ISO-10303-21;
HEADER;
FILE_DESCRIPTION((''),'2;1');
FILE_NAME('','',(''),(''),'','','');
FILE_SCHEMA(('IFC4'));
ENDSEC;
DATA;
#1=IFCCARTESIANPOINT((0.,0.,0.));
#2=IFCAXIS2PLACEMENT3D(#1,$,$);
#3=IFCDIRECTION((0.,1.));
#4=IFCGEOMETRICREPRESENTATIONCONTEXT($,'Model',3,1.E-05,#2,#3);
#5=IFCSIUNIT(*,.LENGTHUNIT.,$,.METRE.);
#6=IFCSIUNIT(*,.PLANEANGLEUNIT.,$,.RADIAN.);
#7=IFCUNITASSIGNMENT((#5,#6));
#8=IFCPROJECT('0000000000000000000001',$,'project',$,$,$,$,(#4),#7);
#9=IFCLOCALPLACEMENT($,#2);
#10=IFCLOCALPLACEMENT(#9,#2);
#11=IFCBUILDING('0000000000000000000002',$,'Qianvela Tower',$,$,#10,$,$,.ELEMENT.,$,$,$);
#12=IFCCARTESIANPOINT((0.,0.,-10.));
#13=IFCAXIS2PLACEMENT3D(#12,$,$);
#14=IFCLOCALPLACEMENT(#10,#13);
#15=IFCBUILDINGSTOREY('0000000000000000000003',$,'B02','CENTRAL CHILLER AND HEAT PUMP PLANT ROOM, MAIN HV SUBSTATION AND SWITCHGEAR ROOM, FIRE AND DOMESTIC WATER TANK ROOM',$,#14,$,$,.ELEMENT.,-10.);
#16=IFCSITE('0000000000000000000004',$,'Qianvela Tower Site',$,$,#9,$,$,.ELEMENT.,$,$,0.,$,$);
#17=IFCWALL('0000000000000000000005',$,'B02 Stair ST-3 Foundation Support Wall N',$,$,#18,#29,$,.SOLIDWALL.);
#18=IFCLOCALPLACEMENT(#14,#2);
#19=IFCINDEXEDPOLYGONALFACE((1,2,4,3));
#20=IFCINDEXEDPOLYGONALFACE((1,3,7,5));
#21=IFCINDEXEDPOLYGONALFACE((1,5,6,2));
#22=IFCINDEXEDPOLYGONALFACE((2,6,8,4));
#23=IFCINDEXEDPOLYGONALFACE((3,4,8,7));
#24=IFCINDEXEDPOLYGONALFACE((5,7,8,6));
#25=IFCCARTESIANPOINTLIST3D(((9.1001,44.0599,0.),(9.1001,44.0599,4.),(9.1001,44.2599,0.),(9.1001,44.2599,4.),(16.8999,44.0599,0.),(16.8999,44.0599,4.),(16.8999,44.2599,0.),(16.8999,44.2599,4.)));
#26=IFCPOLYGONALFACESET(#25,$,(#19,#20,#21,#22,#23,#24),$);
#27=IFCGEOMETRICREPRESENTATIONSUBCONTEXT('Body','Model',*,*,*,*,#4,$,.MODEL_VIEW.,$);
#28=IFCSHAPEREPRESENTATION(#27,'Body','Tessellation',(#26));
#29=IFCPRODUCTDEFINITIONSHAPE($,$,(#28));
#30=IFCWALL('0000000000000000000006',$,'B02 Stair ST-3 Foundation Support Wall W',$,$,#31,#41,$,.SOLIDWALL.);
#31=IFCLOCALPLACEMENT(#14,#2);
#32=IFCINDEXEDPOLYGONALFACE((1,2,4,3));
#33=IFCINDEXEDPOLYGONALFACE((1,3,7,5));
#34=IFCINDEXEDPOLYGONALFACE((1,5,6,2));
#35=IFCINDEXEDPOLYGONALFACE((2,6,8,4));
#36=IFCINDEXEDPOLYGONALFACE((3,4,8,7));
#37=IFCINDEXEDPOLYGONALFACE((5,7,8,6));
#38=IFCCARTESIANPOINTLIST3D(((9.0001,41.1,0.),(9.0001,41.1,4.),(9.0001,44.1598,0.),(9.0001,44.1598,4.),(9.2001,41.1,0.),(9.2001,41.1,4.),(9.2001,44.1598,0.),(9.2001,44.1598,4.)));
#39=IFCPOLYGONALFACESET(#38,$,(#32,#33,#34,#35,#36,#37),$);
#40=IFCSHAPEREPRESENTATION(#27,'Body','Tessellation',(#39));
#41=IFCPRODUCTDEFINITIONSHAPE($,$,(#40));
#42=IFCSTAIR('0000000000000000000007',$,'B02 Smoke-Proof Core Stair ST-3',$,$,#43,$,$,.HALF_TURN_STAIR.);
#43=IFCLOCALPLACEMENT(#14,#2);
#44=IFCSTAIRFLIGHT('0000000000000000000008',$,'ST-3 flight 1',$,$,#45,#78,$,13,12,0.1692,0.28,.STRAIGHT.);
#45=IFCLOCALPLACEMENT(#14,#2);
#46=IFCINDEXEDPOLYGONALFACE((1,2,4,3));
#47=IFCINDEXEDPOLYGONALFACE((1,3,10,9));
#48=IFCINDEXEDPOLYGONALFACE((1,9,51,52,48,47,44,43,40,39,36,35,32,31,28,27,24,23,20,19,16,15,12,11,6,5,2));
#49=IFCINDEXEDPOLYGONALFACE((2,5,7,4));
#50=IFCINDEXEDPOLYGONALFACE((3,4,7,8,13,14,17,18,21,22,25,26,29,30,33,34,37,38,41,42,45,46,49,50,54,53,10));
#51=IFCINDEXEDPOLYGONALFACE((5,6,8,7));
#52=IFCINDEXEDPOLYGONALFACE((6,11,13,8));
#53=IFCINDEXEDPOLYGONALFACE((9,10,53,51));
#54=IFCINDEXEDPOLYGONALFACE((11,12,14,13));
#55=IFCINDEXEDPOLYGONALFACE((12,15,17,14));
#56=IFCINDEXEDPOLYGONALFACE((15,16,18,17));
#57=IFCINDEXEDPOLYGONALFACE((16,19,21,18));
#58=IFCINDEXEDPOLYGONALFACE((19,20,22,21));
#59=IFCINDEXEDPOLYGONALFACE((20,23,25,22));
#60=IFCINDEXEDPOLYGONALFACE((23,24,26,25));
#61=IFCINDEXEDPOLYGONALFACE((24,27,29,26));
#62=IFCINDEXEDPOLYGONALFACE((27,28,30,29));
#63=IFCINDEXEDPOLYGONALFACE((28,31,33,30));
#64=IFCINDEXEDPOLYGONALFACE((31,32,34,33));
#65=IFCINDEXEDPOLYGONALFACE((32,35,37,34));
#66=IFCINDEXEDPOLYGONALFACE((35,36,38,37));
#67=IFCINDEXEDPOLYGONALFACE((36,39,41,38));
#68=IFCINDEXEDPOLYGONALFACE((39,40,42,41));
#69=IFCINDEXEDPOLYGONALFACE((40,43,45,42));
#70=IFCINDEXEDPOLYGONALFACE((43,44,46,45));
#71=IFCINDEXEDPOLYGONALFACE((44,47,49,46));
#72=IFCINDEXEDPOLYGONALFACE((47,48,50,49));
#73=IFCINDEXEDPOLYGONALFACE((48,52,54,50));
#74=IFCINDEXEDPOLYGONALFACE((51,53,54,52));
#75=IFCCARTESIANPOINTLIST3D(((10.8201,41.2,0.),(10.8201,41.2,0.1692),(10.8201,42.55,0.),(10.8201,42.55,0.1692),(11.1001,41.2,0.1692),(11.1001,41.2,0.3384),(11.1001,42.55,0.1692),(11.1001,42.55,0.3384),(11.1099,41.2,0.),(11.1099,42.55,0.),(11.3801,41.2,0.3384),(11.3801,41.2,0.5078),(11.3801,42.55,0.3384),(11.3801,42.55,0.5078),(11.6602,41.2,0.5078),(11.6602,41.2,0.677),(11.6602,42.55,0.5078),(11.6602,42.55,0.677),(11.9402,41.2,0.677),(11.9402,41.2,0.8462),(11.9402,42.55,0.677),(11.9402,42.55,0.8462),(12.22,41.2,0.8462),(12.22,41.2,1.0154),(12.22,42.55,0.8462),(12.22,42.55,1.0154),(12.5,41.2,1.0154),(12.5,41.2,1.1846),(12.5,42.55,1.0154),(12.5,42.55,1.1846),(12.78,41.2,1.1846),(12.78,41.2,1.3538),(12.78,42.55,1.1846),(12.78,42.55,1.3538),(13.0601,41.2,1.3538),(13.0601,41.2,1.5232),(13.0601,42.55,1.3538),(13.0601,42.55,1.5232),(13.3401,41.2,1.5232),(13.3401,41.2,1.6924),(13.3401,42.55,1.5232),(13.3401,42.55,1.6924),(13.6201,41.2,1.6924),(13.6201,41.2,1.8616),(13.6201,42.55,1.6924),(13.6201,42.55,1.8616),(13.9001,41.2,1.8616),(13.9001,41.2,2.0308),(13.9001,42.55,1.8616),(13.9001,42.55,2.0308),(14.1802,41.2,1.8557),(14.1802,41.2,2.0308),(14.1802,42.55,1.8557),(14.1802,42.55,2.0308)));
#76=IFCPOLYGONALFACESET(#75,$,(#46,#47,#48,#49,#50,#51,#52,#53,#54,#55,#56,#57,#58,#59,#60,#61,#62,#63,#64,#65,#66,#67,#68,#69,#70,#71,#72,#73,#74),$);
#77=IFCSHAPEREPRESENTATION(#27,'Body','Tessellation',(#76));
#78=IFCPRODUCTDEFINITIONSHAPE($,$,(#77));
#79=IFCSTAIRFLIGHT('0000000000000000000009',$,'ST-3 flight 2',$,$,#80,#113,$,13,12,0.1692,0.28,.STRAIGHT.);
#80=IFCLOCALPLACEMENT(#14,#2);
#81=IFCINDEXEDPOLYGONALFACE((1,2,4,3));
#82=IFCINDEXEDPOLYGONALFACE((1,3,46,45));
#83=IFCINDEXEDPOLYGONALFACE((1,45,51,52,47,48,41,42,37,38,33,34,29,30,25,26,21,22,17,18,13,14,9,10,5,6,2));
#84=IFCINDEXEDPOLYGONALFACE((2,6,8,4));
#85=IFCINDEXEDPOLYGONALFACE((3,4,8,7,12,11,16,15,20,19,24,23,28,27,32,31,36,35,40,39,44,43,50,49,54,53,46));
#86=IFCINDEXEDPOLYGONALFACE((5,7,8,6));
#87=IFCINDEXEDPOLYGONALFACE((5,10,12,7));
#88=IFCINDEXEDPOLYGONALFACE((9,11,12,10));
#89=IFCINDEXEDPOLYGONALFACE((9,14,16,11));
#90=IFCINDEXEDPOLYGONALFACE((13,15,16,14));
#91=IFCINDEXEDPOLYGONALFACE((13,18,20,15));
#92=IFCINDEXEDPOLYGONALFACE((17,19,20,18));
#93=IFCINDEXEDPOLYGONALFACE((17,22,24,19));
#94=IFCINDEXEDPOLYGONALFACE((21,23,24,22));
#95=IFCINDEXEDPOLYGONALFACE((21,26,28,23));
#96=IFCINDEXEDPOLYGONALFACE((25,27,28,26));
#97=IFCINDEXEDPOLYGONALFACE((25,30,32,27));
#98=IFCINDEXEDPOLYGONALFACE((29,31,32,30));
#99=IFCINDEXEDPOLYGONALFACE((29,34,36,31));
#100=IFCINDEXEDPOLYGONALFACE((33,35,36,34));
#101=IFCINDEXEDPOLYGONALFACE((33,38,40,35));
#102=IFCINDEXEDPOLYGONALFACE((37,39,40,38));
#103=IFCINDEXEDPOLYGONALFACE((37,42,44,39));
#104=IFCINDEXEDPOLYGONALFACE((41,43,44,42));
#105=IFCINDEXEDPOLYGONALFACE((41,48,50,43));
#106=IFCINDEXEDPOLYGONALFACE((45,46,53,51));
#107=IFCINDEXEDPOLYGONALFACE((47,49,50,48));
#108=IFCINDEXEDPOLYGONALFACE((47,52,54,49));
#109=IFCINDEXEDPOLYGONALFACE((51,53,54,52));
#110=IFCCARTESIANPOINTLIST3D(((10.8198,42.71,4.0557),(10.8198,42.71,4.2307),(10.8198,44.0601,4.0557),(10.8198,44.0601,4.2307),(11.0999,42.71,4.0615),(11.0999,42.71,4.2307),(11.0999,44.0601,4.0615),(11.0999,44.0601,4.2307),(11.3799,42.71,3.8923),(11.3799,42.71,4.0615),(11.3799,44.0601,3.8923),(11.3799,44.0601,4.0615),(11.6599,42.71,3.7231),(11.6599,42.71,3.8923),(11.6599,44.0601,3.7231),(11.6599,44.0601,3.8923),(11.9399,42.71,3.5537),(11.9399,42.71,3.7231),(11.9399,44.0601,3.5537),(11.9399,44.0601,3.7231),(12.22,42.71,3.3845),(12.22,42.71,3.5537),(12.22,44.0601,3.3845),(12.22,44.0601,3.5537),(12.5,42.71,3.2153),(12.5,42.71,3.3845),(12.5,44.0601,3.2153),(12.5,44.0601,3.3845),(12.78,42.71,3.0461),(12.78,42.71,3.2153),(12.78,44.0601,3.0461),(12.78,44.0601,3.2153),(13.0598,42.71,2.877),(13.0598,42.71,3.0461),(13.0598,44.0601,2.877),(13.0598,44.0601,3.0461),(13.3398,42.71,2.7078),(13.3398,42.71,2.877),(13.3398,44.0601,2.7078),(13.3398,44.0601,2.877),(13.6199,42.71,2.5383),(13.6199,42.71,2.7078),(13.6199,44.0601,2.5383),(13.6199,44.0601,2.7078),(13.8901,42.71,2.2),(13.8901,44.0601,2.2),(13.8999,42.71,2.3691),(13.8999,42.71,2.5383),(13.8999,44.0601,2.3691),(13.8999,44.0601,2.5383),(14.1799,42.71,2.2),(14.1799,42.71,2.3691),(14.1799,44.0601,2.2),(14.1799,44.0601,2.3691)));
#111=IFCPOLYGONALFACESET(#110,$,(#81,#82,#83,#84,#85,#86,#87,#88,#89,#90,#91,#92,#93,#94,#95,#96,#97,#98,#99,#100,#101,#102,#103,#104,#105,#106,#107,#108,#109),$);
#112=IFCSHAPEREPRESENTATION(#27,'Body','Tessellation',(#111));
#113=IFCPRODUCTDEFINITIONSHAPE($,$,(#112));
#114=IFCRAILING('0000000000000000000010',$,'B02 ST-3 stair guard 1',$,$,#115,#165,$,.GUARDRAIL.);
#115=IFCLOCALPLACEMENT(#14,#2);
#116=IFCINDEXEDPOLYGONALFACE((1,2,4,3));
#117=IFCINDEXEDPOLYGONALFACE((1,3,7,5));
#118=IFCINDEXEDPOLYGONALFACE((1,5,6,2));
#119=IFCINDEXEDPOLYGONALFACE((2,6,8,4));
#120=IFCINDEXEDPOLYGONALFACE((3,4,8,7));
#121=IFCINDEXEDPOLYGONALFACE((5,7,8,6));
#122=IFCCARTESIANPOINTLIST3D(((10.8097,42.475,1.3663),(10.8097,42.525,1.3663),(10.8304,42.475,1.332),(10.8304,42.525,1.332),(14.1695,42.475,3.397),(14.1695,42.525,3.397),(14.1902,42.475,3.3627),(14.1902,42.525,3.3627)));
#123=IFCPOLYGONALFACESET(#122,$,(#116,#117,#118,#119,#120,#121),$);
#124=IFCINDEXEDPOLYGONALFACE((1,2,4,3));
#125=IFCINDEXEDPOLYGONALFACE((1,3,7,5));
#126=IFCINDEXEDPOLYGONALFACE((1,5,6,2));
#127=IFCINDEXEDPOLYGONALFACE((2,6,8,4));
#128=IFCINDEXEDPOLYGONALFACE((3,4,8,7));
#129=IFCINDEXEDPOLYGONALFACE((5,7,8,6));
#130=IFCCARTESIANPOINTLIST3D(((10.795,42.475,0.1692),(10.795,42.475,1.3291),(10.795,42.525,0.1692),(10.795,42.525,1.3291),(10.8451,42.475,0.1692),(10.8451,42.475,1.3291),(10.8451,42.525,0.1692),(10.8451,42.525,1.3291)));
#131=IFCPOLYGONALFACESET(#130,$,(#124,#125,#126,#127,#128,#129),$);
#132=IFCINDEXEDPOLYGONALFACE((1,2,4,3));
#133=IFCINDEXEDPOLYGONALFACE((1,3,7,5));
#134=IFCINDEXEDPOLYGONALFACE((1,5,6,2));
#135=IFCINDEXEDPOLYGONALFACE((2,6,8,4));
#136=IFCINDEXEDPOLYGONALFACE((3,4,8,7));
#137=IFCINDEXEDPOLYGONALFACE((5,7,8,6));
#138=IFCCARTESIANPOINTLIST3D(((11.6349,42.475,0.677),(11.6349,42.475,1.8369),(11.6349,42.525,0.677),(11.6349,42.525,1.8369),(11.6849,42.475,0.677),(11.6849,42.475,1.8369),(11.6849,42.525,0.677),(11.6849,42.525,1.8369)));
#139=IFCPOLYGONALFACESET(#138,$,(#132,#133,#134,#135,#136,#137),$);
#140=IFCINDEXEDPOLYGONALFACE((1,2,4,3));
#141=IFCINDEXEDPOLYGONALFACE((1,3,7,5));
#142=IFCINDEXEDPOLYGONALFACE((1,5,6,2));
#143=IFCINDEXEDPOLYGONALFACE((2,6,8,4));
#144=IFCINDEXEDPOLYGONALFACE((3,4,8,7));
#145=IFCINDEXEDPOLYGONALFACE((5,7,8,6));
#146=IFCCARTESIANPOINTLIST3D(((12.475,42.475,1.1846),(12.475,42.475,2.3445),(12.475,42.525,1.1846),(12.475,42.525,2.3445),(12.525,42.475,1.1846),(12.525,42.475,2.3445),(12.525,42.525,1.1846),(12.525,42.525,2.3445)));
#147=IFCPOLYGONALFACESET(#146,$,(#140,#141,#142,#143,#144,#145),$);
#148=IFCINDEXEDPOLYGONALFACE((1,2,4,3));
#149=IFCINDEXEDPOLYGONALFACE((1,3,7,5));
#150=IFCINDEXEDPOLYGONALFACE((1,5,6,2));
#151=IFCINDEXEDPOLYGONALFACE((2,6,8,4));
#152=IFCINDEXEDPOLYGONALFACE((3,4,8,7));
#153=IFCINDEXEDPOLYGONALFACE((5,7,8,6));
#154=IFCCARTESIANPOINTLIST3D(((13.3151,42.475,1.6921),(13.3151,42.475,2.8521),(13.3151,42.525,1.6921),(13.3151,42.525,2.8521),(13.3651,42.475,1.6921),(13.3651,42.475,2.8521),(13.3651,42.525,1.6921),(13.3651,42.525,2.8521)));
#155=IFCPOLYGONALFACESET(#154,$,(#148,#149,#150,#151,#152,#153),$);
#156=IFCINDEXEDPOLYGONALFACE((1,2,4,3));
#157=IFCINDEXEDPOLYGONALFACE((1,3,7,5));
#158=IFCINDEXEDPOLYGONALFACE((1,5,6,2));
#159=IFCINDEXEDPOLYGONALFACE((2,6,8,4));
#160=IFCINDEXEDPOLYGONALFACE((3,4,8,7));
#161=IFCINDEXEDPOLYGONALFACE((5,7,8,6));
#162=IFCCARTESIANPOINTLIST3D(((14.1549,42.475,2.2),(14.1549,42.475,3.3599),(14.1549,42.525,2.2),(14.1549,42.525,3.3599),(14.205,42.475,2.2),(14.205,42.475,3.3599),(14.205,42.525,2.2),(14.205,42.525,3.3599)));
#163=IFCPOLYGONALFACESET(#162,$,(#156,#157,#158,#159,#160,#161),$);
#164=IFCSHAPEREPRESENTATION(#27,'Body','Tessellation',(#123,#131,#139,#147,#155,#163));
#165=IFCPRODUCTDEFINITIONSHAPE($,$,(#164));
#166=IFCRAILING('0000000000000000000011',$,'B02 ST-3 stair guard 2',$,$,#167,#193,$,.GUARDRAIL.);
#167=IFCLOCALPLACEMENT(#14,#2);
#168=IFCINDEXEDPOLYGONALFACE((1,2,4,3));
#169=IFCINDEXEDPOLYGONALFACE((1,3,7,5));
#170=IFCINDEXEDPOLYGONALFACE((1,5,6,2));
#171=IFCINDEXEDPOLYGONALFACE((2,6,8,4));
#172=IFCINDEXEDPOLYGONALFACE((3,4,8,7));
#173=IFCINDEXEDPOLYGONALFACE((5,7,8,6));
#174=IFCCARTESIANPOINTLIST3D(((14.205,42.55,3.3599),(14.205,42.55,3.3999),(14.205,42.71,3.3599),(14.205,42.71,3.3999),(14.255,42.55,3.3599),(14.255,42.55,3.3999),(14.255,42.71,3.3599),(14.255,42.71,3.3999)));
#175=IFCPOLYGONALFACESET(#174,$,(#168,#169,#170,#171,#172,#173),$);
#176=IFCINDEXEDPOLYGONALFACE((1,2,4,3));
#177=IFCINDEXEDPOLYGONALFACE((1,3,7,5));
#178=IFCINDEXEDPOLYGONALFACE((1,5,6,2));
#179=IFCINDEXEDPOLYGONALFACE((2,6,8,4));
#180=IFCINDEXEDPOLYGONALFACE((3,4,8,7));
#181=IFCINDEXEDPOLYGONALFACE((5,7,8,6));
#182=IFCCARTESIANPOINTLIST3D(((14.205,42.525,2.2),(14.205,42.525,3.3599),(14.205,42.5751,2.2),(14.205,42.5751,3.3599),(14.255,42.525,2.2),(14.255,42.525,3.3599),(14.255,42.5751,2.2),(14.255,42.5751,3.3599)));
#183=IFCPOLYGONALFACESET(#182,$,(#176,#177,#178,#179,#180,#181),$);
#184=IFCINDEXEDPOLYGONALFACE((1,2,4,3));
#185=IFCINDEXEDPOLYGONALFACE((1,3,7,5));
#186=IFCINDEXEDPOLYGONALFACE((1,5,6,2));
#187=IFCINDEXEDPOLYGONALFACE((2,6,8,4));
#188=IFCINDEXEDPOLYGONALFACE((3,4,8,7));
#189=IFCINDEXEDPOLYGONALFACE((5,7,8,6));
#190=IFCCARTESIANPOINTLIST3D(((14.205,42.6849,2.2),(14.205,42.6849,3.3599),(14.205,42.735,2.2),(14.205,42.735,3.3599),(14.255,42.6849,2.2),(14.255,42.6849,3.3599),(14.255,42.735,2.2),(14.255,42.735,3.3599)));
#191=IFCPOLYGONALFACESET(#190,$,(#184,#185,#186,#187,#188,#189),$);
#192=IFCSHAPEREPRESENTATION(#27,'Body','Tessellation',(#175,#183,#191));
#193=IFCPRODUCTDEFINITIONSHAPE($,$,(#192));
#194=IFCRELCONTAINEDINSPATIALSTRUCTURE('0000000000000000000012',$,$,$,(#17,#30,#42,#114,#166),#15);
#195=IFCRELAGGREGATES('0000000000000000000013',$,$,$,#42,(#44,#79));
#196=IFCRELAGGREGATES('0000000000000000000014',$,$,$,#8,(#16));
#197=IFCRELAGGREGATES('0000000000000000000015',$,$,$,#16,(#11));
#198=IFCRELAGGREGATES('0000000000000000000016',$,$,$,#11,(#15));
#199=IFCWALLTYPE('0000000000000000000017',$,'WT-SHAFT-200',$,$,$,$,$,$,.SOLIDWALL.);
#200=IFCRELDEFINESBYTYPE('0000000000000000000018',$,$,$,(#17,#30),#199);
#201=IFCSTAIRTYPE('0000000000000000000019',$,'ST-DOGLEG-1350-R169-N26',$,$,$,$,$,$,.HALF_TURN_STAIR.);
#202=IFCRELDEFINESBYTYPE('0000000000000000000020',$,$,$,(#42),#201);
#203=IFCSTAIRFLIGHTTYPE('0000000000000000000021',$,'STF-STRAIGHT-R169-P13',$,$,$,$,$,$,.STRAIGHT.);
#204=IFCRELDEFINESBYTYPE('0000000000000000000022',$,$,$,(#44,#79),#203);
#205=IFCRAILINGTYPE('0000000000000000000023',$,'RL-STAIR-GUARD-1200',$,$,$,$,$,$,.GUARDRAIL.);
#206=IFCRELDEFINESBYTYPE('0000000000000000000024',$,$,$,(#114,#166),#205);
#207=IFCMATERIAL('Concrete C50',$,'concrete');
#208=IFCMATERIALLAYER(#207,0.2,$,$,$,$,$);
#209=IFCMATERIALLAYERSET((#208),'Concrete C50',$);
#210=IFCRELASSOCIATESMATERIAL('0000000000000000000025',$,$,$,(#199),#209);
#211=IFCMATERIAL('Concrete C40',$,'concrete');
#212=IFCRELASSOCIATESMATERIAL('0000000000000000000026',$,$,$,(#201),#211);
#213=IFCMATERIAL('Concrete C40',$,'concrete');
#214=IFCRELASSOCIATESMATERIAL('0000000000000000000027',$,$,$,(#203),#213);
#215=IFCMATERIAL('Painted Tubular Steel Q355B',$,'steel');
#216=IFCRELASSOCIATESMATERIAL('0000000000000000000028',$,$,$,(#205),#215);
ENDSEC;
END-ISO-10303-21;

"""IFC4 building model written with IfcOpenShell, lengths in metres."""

from ifc_helpers import new_model, si_unit, direction, frame, frame_2d, origin, origin_2d, place, context, subcontext, project, spatial, polyline, rectangle, outline, extrude, material, layer, layer_set, type_object, element, aggregate, save


model = new_model("IFC4")

# Units and contexts
model_context = context("Model", 3, precision=1e-05, world=origin(), true_north=direction((0.0, 1.0)))
body_context = subcontext(model_context, "Body", "Model", "MODEL_VIEW")
ifc_project = project(units=[si_unit("LENGTHUNIT", "METRE"), si_unit("PLANEANGLEUNIT", "RADIAN")], contexts=[model_context])

# Site, building, storey
site_placement = place(None, origin())
site = spatial("IfcSite", under=ifc_project, at=site_placement, Name="Qianvela Tower Site", CompositionType="ELEMENT", RefElevation=0.0)
building_placement = place(site_placement, origin())
building = spatial("IfcBuilding", under=site, at=building_placement, Name="Qianvela Tower", CompositionType="ELEMENT")
storey_placement = place(building_placement, frame((0.0, 0.0, -10.0)))
storey = spatial("IfcBuildingStorey", under=building, at=storey_placement, Name="B02", Description="CENTRAL CHILLER AND HEAT PUMP PLANT ROOM, MAIN HV SUBSTATION AND SWITCHGEAR ROOM, FIRE AND DOMESTIC WATER TANK ROOM", CompositionType="ELEMENT", Elevation=-10.0)

# Shared definitions
ifc_material_1 = material(Name="Concrete C50", Category="concrete")
ifc_layer_1 = layer(ifc_material_1, 0.2)
ifc_layer_set_1 = layer_set([ifc_layer_1], Name="Concrete C50")
wall_type_1 = type_object("IfcWallType", Name="WT-SHAFT-200", PredefinedType="SOLIDWALL", material=ifc_layer_set_1)

# Walls
wall_1_placement = place(storey_placement, frame((9.1001, 44.1599, 0.0), z_axis=(0.0, 0.0, 1.0), x_axis=(1.0, 0.0, 0.0)))
element("IfcWall", 1, at=wall_1_placement, inside=storey, type_object=wall_type_1, Name="B02 Stair ST-3 Foundation Support Wall N", PredefinedType="SOLIDWALL", context=body_context, shape_type="SweptSolid", body=[
    extrude(rectangle(XDim=7.7998, YDim=0.2, at=frame_2d((3.8999, 0.0))), origin(), (0.0, 0.0, 1.0), 4.0),
])
wall_2_placement = place(storey_placement, frame((9.1001, 41.1001, 0.0), z_axis=(0.0, 0.0, 1.0), x_axis=(0.0, 1.0, 0.0)))
element("IfcWall", 2, at=wall_2_placement, inside=storey, type_object=wall_type_1, Name="B02 Stair ST-3 Foundation Support Wall W", PredefinedType="SOLIDWALL", context=body_context, shape_type="SweptSolid", body=[
    extrude(rectangle(XDim=3.0598, YDim=0.2, at=frame_2d((1.5298, 0.0))), origin(), (0.0, 0.0, 1.0), 4.0),
])

# Stair, stair flights
ifc_material_2 = material(Name="Concrete C40", Category="concrete")
stair_type = type_object("IfcStairType", Name="ST-DOGLEG-1350-R169-N26", PredefinedType="HALF_TURN_STAIR", material=ifc_material_2)
stair_placement = place(storey_placement, origin())
stair = element("IfcStair", 3, at=stair_placement, inside=storey, type_object=stair_type, Name="B02 Smoke-Proof Core Stair ST-3", PredefinedType="HALF_TURN_STAIR")
ifc_material_3 = material(Name="Concrete C40", Category="concrete")
stair_flight_type = type_object("IfcStairFlightType", Name="STF-STRAIGHT-R169-P13", PredefinedType="STRAIGHT", material=ifc_material_3)
stair_flight_1_placement = place(storey_placement, frame((10.8201, 41.875, 0.0), z_axis=(0.0, 0.0, 1.0), x_axis=(1.0, 0.0, 0.0)))
stair_flight_1 = element("IfcStairFlight", 4, at=stair_flight_1_placement, type_object=stair_flight_type, Name="ST-3 flight 1", NumberOfRisers=13, NumberOfTreads=12, PredefinedType="STRAIGHT", RiserHeight=0.1692, TreadLength=0.28, context=body_context, shape_type="SweptSolid", body=[
    extrude(outline(polyline([(0.0, 0.0), (0.0, 0.1692), (0.28, 0.1692), (0.28, 0.3384), (0.5601, 0.3384), (0.5601, 0.5078), (0.8401, 0.5078), (0.8401, 0.677), (1.1201, 0.677), (1.1201, 0.8462), (1.3999, 0.8462), (1.3999, 1.0154), (1.6799, 1.0154), (1.6799, 1.1846), (1.96, 1.1846), (1.96, 1.3538), (2.24, 1.3538), (2.24, 1.5232), (2.52, 1.5232), (2.52, 1.6924), (2.8, 1.6924), (2.8, 1.8616), (3.0801, 1.8616), (3.0801, 2.0308), (3.3601, 2.0308), (3.3601, 2.2), (3.3601, 1.8557), (0.2898, 0.0), (0.0, 0.0)])), frame((0.0, 0.675, 0.0), z_axis=(0.0, -1.0, 0.0), x_axis=(1.0, 0.0, 0.0)), (0.0, 0.0, 1.0), 1.3501),
])
stair_flight_2_placement = place(storey_placement, frame((14.1799, 43.385, 2.2), z_axis=(0.0, 0.0, 1.0), x_axis=(-1.0, 0.0, 0.0)))
stair_flight_2 = element("IfcStairFlight", 5, at=stair_flight_2_placement, type_object=stair_flight_type, Name="ST-3 flight 2", NumberOfRisers=13, NumberOfTreads=12, PredefinedType="STRAIGHT", RiserHeight=0.1692, TreadLength=0.28, context=body_context, shape_type="SweptSolid", body=[
    extrude(outline(polyline([(0.0, 0.0), (0.0, 0.1692), (0.28, 0.1692), (0.28, 0.3384), (0.5601, 0.3384), (0.5601, 0.5078), (0.8401, 0.5078), (0.8401, 0.677), (1.1201, 0.677), (1.1201, 0.8462), (1.3999, 0.8462), (1.3999, 1.0154), (1.6799, 1.0154), (1.6799, 1.1846), (1.96, 1.1846), (1.96, 1.3538), (2.24, 1.3538), (2.24, 1.5232), (2.52, 1.5232), (2.52, 1.6924), (2.8, 1.6924), (2.8, 1.8616), (3.0801, 1.8616), (3.0801, 2.0308), (3.3601, 2.0308), (3.3601, 2.2), (3.3601, 1.8557), (0.2898, 0.0), (0.0, 0.0)])), frame((0.0, 0.675, 0.0), z_axis=(0.0, -1.0, 0.0), x_axis=(1.0, 0.0, 0.0)), (0.0, 0.0, 1.0), 1.3501),
])
aggregate(stair, [stair_flight_1, stair_flight_2])

# Railings
ifc_material_4 = material(Name="Painted Tubular Steel Q355B", Category="steel")
railing_type_1 = type_object("IfcRailingType", Name="RL-STAIR-GUARD-1200", PredefinedType="GUARDRAIL", material=ifc_material_4)
railing_1_placement = place(storey_placement, frame((10.8201, 42.5, 0.1692)))
element("IfcRailing", 6, at=railing_1_placement, inside=storey, type_object=railing_type_1, Name="B02 ST-3 stair guard 1", PredefinedType="GUARDRAIL", context=body_context, shape_type="SweptSolid", body=[
    extrude(rectangle(XDim=0.05, YDim=0.04, at=origin_2d()), frame((0.0, 0.0, 1.1799), z_axis=(0.85582, 0.0, 0.517273), x_axis=(0.0, 1.0, 0.0)), (0.0, 0.0, 1.0), 3.9258),
    extrude(rectangle(XDim=0.05, YDim=0.05, at=origin_2d()), origin(), (0.0, 0.0, 1.0), 1.1599),
    extrude(rectangle(XDim=0.05, YDim=0.05, at=origin_2d()), frame((0.8398, 0.0, 0.5078)), (0.0, 0.0, 1.0), 1.1599),
    extrude(rectangle(XDim=0.05, YDim=0.05, at=origin_2d()), frame((1.6799, 0.0, 1.0154)), (0.0, 0.0, 1.0), 1.1599),
    extrude(rectangle(XDim=0.05, YDim=0.05, at=origin_2d()), frame((2.52, 0.0, 1.5229)), (0.0, 0.0, 1.0), 1.1599),
    extrude(rectangle(XDim=0.05, YDim=0.05, at=origin_2d()), frame((3.3599, 0.0, 2.0308)), (0.0, 0.0, 1.0), 1.1599),
])
railing_2_placement = place(storey_placement, frame((14.23, 42.55, 2.2)))
element("IfcRailing", 7, at=railing_2_placement, inside=storey, type_object=railing_type_1, Name="B02 ST-3 stair guard 2", PredefinedType="GUARDRAIL", context=body_context, shape_type="SweptSolid", body=[
    extrude(rectangle(XDim=0.05, YDim=0.04, at=origin_2d()), frame((0.0, 0.0, 1.1799), z_axis=(0.0, 1.0, 0.0), x_axis=(-1.0, 0.0, 0.0)), (0.0, 0.0, 1.0), 0.1599),
    extrude(rectangle(XDim=0.05, YDim=0.05, at=origin_2d()), origin(), (0.0, 0.0, 1.0), 1.1599),
    extrude(rectangle(XDim=0.05, YDim=0.05, at=origin_2d()), frame((0.0, 0.1599, 0.0)), (0.0, 0.0, 1.0), 1.1599),
])

save(model, "model.ifc")
